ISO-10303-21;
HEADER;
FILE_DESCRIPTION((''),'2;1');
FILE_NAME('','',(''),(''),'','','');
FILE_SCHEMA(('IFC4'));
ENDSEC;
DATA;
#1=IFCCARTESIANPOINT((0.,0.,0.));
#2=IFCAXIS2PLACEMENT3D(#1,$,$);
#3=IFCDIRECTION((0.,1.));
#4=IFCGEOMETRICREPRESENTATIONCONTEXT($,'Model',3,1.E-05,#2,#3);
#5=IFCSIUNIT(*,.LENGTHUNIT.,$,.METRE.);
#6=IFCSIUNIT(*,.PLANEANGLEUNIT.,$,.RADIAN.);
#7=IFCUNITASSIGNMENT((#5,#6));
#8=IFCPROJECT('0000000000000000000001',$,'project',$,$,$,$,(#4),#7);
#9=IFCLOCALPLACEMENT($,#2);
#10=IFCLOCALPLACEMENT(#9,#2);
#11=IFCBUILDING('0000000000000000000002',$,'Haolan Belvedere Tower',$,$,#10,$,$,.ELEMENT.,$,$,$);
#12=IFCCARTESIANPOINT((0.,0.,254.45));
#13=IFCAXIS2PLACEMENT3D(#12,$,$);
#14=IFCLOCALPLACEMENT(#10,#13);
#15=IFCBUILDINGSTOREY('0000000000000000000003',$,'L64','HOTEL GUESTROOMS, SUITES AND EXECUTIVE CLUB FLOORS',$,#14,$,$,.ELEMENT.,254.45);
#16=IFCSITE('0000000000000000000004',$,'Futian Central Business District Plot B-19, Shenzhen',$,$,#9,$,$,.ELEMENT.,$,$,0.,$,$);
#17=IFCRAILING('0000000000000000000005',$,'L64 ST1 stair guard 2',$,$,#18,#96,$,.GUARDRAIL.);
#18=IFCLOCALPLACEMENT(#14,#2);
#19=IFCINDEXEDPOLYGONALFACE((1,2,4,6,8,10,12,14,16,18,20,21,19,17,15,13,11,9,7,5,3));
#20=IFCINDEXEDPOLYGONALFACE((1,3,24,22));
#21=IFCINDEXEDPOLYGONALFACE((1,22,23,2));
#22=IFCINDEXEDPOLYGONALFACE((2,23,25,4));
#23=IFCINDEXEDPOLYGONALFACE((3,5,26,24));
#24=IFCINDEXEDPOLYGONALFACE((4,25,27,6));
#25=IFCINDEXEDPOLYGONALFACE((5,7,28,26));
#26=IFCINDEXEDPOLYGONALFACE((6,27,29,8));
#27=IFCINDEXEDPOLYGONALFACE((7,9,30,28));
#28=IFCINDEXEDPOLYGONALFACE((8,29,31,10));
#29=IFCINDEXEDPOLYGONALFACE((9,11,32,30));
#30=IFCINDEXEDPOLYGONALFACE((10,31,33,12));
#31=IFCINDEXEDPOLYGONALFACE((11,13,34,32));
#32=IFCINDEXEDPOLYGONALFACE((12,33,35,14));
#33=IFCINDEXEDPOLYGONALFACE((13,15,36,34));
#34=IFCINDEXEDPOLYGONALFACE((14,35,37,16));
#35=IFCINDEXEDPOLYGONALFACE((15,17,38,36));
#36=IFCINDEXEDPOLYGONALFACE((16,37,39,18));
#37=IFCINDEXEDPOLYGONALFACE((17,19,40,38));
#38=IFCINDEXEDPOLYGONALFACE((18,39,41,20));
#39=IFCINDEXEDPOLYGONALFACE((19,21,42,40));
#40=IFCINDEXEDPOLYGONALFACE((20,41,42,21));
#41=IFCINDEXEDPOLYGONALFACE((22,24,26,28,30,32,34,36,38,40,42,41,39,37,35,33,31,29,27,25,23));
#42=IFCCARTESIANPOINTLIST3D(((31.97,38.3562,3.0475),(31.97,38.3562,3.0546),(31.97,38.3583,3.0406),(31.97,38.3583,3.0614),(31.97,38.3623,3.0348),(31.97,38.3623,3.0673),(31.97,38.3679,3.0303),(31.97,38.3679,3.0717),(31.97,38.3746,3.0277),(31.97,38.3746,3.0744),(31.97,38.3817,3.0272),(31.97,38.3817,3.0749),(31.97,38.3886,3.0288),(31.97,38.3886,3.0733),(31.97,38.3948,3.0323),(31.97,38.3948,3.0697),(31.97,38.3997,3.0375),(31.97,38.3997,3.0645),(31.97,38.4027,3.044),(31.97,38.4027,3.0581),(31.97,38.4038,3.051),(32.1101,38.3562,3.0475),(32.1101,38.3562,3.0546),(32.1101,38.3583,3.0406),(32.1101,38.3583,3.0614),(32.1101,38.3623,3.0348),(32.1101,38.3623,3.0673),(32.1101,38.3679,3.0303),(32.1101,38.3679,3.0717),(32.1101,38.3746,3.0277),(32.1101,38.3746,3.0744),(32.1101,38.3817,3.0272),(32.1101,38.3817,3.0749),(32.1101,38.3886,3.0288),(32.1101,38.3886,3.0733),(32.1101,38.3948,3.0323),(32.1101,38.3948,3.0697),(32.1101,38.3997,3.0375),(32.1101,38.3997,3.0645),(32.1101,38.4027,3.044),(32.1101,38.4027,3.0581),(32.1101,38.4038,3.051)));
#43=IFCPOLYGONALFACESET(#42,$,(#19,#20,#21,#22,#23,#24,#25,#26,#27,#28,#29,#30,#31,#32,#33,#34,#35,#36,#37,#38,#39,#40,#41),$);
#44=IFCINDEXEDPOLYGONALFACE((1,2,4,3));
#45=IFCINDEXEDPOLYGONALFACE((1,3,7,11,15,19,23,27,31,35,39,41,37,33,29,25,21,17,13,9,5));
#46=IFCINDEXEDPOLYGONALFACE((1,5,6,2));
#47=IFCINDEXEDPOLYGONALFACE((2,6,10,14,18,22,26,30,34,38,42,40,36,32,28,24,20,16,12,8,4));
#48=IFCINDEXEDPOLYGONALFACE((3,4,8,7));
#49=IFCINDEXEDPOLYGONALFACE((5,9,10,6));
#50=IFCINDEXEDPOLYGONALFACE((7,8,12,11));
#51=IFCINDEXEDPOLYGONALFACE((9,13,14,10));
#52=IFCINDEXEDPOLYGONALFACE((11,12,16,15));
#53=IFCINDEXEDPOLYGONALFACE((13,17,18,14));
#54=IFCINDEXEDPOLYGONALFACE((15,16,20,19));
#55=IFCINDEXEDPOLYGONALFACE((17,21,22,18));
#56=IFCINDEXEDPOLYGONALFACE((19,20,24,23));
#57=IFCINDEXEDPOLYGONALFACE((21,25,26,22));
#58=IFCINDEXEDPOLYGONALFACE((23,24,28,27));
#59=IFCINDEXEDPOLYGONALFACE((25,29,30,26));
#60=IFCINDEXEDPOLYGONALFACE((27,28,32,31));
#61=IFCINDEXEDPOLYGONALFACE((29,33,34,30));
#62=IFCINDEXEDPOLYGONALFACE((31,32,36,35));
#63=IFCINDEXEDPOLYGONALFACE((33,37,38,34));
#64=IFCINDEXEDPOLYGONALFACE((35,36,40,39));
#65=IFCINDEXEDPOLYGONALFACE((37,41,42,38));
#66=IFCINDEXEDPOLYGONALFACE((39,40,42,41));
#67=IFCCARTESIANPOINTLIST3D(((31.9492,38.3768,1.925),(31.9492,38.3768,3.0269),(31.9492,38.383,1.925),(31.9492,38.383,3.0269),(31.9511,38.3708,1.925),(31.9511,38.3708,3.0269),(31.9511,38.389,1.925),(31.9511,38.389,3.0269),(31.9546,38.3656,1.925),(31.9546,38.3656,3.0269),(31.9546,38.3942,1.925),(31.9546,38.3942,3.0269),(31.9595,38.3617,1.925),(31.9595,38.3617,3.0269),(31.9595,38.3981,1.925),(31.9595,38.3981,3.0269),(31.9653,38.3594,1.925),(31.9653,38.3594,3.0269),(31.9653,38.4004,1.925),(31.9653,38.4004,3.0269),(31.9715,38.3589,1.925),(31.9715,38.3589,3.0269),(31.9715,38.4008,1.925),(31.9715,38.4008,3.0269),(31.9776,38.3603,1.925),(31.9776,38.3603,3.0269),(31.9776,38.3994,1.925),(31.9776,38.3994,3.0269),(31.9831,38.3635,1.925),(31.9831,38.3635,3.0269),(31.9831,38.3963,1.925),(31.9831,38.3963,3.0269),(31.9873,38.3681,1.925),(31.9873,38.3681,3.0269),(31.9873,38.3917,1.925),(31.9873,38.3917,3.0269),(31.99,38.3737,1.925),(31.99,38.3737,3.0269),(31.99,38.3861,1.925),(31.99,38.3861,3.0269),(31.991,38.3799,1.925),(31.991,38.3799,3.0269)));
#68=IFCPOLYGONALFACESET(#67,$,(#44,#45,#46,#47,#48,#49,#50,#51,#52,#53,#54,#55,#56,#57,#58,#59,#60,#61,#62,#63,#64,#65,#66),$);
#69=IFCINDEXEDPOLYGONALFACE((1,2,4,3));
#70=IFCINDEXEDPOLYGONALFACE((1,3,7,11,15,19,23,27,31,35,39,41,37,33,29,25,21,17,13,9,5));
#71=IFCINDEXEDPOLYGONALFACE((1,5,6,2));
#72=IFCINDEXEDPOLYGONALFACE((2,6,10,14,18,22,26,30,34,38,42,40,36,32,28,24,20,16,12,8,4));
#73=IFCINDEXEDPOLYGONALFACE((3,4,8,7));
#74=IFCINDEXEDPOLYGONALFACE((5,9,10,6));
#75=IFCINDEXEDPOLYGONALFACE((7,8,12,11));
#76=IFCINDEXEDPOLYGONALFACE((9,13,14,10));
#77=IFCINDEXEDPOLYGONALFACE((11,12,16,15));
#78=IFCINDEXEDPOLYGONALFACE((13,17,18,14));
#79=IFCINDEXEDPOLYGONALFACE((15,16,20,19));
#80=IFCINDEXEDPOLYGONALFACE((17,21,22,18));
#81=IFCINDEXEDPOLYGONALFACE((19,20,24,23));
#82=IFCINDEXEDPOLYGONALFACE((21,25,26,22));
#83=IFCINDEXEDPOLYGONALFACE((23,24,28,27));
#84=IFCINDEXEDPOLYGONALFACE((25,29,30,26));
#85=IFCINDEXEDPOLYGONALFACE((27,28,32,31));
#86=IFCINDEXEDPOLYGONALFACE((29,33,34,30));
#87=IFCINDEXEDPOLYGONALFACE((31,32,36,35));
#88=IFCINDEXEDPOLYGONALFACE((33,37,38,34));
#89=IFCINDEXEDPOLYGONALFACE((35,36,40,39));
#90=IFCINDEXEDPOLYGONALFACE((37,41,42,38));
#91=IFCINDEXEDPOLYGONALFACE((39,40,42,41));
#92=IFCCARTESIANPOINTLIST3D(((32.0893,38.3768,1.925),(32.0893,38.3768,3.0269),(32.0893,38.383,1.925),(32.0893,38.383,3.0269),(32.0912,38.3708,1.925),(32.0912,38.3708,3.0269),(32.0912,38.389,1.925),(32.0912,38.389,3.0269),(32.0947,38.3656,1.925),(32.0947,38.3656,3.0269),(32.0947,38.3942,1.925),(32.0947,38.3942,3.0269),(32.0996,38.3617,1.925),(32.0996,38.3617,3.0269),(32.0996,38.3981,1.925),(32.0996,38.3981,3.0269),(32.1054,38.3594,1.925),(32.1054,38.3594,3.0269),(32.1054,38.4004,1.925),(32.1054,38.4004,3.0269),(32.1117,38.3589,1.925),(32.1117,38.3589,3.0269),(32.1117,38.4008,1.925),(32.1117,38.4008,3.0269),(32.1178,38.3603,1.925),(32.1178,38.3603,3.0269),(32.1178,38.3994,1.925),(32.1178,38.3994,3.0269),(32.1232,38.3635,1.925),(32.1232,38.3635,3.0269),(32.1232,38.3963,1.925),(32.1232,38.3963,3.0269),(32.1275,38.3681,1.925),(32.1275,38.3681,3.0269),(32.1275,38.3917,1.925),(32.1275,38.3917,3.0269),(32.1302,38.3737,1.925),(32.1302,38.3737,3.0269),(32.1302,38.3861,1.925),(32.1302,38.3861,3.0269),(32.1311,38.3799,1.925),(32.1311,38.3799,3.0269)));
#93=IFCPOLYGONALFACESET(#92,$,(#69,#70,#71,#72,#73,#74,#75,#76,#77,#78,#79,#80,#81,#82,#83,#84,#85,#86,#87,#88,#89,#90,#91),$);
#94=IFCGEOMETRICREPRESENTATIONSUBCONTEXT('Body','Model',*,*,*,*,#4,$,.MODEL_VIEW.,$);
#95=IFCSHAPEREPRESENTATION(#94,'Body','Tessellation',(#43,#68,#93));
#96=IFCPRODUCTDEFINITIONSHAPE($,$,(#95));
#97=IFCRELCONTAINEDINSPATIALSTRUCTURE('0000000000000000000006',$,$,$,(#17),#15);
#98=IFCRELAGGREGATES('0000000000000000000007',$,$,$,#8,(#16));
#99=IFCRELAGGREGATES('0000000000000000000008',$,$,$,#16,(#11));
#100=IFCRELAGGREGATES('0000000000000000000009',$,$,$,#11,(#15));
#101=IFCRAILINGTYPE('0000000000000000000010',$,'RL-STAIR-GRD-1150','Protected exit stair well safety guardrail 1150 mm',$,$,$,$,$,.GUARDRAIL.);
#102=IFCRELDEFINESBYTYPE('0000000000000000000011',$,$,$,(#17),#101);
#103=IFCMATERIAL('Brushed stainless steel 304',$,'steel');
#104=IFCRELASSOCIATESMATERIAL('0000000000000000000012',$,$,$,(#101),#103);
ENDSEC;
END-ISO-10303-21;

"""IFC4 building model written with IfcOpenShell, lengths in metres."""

from ifc_helpers import new_model, si_unit, direction, frame, origin, origin_2d, place, context, subcontext, project, spatial, circle, extrude, material, type_object, element, save


model = new_model("IFC4")

# Units and contexts
model_context = context("Model", 3, precision=1e-05, world=origin(), true_north=direction((0.0, 1.0)))
body_context = subcontext(model_context, "Body", "Model", "MODEL_VIEW")
ifc_project = project(units=[si_unit("LENGTHUNIT", "METRE"), si_unit("PLANEANGLEUNIT", "RADIAN")], contexts=[model_context])

# Site, building, storey
site_placement = place(None, origin())
site = spatial("IfcSite", under=ifc_project, at=site_placement, Name="Futian Central Business District Plot B-19, Shenzhen", CompositionType="ELEMENT", RefElevation=0.0)
building_placement = place(site_placement, origin())
building = spatial("IfcBuilding", under=site, at=building_placement, Name="Haolan Belvedere Tower", CompositionType="ELEMENT")
storey_placement = place(building_placement, frame((0.0, 0.0, 254.45)))
storey = spatial("IfcBuildingStorey", under=building, at=storey_placement, Name="L64", Description="HOTEL GUESTROOMS, SUITES AND EXECUTIVE CLUB FLOORS", CompositionType="ELEMENT", Elevation=254.45)

# Railing
ifc_material_1 = material(Name="Brushed stainless steel 304", Category="steel")
railing_type_1 = type_object("IfcRailingType", Name="RL-STAIR-GRD-1150", Description="Protected exit stair well safety guardrail 1150 mm", PredefinedType="GUARDRAIL", material=ifc_material_1)
railing_1_placement = place(storey_placement, frame((31.97, 38.3799, 1.925)))
element("IfcRailing", 1, at=railing_1_placement, inside=storey, type_object=railing_type_1, Name="L64 ST1 stair guard 2", PredefinedType="GUARDRAIL", context=body_context, shape_type="SweptSolid", body=[
    extrude(circle(Radius=0.0239, at=origin_2d()), frame((0.0, 0.0, 1.126), z_axis=(1.0, 0.0, 0.0), x_axis=(0.0, 1.0, 0.0)), (0.0, 0.0, 1.0), 0.1401),
    extrude(circle(Radius=0.021, at=origin_2d()), origin(), (0.0, 0.0, 1.0), 1.1018),
    extrude(circle(Radius=0.021, at=origin_2d()), frame((0.1401, 0.0, 0.0)), (0.0, 0.0, 1.0), 1.1018),
])

save(model, "model.ifc")
